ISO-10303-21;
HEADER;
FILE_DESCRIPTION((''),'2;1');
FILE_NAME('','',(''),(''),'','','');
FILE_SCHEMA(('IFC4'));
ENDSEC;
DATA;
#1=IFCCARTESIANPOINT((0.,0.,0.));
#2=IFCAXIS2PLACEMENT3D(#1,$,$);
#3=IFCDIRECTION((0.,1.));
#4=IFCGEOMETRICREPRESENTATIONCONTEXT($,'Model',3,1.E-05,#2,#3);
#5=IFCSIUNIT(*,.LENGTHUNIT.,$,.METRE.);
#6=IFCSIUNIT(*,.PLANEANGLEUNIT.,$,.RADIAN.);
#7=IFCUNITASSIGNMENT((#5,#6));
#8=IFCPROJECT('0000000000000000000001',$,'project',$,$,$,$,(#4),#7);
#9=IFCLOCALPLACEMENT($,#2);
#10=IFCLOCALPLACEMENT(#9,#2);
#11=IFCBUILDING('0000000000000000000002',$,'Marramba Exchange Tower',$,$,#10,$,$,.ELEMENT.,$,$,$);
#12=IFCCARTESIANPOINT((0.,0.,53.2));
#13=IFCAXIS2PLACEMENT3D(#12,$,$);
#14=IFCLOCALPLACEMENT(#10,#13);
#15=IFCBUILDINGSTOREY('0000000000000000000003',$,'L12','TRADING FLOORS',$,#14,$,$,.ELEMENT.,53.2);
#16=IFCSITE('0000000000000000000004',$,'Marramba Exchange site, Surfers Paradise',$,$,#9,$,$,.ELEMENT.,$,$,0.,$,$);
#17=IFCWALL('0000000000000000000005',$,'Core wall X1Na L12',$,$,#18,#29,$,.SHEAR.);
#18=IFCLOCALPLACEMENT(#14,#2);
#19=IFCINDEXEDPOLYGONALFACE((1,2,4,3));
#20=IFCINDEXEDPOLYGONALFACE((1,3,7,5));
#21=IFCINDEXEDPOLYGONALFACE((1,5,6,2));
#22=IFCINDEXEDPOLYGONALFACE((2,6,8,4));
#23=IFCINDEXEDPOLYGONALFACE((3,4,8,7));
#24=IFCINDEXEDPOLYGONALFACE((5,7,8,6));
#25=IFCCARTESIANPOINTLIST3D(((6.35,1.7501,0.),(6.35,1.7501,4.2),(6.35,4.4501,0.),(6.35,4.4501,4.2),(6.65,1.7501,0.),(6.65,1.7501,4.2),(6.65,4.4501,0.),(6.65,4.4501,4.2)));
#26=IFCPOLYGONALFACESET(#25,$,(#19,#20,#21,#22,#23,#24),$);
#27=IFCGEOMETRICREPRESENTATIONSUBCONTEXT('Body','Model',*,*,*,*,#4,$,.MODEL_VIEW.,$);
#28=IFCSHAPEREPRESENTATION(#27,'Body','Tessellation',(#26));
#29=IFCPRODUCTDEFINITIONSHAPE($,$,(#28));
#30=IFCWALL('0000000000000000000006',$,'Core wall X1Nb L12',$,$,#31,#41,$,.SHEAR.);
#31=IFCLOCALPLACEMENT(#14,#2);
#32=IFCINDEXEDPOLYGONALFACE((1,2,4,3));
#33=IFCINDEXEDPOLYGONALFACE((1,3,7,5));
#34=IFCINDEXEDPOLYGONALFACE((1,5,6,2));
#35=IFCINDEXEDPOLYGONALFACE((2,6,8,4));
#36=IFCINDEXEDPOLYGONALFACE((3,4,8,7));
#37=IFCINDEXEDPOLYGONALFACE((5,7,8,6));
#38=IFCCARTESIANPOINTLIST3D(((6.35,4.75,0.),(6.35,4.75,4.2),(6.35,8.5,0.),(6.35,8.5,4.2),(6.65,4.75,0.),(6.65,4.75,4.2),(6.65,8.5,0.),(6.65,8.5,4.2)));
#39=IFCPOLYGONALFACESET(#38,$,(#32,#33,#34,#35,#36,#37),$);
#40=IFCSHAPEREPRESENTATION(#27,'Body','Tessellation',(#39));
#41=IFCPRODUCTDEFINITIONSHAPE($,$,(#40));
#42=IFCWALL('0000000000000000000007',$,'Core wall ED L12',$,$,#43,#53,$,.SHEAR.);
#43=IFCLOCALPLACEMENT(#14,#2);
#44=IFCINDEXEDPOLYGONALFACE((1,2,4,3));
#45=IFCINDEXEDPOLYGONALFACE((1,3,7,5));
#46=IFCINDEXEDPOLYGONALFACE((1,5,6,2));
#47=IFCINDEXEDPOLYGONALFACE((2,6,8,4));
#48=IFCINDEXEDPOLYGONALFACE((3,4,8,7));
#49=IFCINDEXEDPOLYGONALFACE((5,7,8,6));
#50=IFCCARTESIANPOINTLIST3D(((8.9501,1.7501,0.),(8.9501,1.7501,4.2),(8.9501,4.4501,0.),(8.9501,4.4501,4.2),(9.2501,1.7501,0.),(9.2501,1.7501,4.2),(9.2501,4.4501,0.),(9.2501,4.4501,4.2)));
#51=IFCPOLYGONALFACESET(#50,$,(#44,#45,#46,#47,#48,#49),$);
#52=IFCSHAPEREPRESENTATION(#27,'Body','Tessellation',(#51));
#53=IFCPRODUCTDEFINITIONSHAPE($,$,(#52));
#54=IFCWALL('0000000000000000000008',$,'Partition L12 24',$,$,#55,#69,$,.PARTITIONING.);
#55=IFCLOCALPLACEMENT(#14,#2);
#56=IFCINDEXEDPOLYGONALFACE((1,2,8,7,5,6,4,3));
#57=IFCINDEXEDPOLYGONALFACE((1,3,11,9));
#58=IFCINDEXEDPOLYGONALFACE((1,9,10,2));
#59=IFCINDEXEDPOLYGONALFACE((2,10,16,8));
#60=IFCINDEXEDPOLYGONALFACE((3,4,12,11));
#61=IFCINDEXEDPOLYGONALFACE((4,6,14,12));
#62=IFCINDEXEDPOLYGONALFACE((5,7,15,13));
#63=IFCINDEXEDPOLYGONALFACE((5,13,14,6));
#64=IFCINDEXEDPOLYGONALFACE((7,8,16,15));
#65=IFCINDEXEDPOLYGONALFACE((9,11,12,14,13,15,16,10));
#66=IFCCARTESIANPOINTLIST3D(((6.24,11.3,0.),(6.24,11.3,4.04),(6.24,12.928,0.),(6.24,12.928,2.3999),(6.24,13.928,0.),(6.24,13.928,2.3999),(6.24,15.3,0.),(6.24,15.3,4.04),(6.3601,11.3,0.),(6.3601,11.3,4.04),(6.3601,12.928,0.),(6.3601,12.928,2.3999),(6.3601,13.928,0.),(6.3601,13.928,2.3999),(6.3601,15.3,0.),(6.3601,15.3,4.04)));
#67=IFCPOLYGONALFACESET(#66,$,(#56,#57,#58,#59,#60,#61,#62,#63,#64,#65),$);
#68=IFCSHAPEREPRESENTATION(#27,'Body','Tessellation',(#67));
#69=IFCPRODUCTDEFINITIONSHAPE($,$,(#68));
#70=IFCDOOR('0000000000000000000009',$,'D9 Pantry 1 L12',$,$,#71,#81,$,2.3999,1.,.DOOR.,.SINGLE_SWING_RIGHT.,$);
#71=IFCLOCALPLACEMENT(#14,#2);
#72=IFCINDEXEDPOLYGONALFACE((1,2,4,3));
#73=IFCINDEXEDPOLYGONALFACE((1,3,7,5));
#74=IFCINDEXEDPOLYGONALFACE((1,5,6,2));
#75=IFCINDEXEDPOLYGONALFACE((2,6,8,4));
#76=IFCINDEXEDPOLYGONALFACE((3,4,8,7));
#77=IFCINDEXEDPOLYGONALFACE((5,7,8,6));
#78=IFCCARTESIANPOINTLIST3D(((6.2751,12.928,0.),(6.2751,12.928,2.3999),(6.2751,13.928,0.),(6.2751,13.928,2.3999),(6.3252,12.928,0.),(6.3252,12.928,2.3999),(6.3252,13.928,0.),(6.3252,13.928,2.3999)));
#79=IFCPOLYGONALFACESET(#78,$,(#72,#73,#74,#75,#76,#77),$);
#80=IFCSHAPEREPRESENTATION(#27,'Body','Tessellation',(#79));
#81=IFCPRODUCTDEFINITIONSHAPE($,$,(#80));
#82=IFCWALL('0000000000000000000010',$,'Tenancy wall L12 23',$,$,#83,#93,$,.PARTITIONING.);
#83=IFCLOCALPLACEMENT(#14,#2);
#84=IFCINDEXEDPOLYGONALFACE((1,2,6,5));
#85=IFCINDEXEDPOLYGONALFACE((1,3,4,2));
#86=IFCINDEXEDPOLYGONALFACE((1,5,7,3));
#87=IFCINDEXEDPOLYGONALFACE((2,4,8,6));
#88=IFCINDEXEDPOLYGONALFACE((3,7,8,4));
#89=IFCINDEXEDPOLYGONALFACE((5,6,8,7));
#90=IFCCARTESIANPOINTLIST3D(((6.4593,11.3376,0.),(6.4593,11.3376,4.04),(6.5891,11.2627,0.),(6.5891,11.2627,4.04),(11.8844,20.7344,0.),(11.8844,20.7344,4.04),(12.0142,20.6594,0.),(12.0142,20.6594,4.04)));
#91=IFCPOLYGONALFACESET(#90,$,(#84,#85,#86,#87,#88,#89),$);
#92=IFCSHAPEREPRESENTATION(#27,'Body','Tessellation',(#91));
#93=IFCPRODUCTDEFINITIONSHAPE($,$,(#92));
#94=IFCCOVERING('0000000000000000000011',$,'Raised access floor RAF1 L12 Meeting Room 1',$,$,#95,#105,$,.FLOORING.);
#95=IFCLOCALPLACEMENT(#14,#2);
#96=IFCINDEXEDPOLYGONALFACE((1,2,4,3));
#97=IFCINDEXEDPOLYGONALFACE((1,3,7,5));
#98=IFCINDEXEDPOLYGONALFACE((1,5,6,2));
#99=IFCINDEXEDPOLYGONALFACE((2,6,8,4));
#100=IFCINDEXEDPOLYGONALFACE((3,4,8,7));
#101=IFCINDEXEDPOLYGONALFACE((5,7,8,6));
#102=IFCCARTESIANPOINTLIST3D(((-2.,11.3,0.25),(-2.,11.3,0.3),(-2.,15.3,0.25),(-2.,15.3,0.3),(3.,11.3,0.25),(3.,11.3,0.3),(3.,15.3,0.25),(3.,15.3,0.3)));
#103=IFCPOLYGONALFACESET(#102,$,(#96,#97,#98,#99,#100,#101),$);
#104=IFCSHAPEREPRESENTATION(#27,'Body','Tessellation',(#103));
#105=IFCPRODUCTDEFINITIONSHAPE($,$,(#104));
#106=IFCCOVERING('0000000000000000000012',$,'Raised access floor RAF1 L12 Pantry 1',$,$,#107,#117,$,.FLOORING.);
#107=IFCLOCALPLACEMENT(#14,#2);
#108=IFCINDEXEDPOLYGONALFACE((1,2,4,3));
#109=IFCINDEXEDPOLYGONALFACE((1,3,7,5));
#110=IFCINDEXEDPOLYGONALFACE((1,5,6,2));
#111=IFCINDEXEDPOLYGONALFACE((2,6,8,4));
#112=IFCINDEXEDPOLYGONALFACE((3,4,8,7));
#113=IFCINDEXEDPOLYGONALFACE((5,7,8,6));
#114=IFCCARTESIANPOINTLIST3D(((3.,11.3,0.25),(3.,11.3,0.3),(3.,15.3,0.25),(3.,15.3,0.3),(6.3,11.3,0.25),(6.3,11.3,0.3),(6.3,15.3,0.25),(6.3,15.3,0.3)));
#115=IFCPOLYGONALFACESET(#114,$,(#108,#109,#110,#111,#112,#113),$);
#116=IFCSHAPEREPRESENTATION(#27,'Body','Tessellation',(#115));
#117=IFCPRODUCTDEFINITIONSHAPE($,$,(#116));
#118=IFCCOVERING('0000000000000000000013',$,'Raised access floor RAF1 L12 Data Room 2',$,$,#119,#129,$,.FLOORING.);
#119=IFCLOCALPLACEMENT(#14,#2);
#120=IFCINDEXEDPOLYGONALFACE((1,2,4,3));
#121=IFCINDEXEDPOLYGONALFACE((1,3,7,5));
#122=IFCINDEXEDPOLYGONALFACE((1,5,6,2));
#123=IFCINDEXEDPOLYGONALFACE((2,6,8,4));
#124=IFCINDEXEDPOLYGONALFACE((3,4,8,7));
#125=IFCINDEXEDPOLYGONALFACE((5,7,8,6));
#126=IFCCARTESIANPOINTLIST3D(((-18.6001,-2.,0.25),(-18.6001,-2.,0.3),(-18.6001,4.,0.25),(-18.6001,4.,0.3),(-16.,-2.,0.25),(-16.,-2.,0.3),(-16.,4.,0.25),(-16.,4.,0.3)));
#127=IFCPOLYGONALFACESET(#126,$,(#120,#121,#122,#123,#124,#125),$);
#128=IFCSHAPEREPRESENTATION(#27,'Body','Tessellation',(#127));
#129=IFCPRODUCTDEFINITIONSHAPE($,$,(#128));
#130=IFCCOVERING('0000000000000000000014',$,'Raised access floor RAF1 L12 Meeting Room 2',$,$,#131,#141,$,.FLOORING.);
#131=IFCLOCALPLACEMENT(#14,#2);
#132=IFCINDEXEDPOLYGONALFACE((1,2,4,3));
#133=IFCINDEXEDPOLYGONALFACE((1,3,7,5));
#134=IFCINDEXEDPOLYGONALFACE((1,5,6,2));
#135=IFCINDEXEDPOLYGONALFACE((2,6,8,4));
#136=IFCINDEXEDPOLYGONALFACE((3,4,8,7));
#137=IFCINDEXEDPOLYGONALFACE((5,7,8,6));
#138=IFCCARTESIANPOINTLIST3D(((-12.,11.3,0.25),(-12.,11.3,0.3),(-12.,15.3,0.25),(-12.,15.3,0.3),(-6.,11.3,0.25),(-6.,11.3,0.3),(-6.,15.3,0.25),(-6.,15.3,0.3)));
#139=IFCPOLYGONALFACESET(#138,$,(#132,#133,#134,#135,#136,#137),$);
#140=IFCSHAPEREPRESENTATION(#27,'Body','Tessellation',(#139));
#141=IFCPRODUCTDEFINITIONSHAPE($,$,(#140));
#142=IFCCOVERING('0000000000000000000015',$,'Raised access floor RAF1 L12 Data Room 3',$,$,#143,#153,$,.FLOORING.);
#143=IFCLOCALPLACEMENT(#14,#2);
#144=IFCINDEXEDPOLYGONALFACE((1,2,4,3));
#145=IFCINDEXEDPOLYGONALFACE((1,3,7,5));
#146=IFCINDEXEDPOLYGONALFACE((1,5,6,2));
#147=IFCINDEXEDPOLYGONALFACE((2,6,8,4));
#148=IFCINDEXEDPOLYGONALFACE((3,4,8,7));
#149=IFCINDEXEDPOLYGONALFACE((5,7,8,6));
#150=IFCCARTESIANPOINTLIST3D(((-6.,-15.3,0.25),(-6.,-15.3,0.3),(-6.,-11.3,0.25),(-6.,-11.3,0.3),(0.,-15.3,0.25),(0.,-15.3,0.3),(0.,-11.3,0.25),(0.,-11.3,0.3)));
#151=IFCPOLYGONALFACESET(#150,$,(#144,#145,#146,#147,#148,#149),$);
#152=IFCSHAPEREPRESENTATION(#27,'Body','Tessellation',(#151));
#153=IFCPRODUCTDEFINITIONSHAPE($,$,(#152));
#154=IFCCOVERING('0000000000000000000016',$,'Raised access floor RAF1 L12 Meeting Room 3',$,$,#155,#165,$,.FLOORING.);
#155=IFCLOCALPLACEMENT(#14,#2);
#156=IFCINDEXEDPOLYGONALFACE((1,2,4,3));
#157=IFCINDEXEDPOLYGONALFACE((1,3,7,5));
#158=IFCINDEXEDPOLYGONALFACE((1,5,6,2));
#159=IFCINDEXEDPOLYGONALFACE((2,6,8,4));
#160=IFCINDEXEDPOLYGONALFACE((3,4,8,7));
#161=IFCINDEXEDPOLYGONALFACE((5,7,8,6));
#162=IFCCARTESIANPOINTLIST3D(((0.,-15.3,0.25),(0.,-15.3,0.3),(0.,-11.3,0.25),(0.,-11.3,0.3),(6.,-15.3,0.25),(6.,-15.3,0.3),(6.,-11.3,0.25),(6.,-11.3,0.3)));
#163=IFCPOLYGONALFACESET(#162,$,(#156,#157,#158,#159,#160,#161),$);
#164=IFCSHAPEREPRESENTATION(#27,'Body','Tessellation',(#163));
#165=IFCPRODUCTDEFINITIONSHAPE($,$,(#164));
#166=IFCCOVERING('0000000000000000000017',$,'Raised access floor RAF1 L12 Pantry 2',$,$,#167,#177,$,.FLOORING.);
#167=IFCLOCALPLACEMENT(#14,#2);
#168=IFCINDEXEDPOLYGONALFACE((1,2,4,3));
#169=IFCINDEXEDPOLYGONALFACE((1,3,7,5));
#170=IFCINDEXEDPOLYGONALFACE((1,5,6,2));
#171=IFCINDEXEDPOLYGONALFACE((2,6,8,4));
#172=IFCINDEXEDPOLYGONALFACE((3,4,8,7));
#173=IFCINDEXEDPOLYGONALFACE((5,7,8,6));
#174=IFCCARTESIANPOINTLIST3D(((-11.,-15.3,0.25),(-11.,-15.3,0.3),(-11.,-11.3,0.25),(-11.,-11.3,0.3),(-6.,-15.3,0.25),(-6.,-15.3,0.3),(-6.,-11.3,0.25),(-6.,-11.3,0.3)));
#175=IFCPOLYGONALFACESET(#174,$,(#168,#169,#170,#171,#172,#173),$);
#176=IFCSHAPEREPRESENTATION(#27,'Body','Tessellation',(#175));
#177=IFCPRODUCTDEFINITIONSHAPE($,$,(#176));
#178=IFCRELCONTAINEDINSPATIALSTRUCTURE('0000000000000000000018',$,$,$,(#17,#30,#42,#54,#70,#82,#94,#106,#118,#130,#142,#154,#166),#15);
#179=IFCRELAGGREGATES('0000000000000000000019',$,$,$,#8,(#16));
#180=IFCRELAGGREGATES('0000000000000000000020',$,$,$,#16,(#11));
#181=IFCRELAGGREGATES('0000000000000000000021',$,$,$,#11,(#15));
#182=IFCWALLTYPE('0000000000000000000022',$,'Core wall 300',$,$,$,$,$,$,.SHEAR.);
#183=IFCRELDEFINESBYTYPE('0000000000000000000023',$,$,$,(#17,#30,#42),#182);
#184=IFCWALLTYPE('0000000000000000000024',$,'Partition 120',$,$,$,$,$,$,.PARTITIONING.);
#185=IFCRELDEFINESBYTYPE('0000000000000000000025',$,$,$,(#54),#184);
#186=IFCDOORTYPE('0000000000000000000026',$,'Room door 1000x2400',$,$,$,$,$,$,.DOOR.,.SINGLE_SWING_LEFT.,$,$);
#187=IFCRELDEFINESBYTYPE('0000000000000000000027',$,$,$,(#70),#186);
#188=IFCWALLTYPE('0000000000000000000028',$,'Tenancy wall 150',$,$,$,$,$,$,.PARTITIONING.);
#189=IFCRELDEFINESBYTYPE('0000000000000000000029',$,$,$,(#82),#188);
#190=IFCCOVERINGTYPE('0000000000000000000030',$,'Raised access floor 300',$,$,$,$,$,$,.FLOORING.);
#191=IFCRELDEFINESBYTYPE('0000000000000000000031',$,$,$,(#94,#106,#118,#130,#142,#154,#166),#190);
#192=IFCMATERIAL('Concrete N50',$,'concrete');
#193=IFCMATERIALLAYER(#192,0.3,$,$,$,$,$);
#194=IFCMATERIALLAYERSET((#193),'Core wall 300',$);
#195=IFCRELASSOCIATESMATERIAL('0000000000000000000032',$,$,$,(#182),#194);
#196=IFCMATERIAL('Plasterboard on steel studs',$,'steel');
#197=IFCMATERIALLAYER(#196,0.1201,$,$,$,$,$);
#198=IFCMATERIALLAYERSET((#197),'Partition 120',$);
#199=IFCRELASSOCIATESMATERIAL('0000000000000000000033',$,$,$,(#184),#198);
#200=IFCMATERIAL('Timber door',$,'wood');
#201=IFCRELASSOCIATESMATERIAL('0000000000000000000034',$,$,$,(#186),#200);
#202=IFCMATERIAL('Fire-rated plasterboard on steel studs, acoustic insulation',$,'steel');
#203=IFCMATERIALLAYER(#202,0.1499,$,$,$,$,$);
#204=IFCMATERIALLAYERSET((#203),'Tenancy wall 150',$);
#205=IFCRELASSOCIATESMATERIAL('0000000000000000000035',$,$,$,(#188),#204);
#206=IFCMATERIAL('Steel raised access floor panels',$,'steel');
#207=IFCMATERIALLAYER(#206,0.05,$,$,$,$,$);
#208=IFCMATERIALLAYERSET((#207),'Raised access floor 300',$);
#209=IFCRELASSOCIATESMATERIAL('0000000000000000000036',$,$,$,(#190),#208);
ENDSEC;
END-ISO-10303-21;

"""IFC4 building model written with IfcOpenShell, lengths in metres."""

from ifc_helpers import new_model, si_unit, direction, frame, frame_2d, origin, place, context, subcontext, project, spatial, polyline, rectangle, outline, extrude, material, layer, layer_set, type_object, element, fill, save


model = new_model("IFC4")

# Units and contexts
model_context = context("Model", 3, precision=1e-05, world=origin(), true_north=direction((0.0, 1.0)))
body_context = subcontext(model_context, "Body", "Model", "MODEL_VIEW")
ifc_project = project(units=[si_unit("LENGTHUNIT", "METRE"), si_unit("PLANEANGLEUNIT", "RADIAN")], contexts=[model_context])

# Site, building, storey
site_placement = place(None, origin())
site = spatial("IfcSite", under=ifc_project, at=site_placement, Name="Marramba Exchange site, Surfers Paradise", CompositionType="ELEMENT", RefElevation=0.0)
building_placement = place(site_placement, origin())
building = spatial("IfcBuilding", under=site, at=building_placement, Name="Marramba Exchange Tower", CompositionType="ELEMENT")
storey_placement = place(building_placement, frame((0.0, 0.0, 53.2)))
storey = spatial("IfcBuildingStorey", under=building, at=storey_placement, Name="L12", Description="TRADING FLOORS", CompositionType="ELEMENT", Elevation=53.2)

# Walls
ifc_material_1 = material(Name="Concrete N50", Category="concrete")
ifc_layer_1 = layer(ifc_material_1, 0.3)
ifc_layer_set_1 = layer_set([ifc_layer_1], Name="Core wall 300")
wall_type_1 = type_object("IfcWallType", Name="Core wall 300", PredefinedType="SHEAR", material=ifc_layer_set_1)
wall_1_placement = place(storey_placement, frame((6.5, 1.75, 0.0), z_axis=(0.0, 0.0, 1.0), x_axis=(0.0, 1.0, 0.0)))
element("IfcWall", 1, at=wall_1_placement, inside=storey, type_object=wall_type_1, Name="Core wall X1Na L12", PredefinedType="SHEAR", context=body_context, shape_type="SweptSolid", body=[
    extrude(rectangle(XDim=2.7, YDim=0.3, at=frame_2d((1.3501, 0.0))), origin(), (0.0, 0.0, 1.0), 4.2),
])
wall_2_placement = place(storey_placement, frame((6.5, 4.75, 0.0), z_axis=(0.0, 0.0, 1.0), x_axis=(0.0, 1.0, 0.0)))
element("IfcWall", 2, at=wall_2_placement, inside=storey, type_object=wall_type_1, Name="Core wall X1Nb L12", PredefinedType="SHEAR", context=body_context, shape_type="SweptSolid", body=[
    extrude(rectangle(XDim=3.75, YDim=0.3, at=frame_2d((1.875, 0.0))), origin(), (0.0, 0.0, 1.0), 4.2),
])
wall_3_placement = place(storey_placement, frame((9.1001, 1.75, 0.0), z_axis=(0.0, 0.0, 1.0), x_axis=(0.0, 1.0, 0.0)))
element("IfcWall", 3, at=wall_3_placement, inside=storey, type_object=wall_type_1, Name="Core wall ED L12", PredefinedType="SHEAR", context=body_context, shape_type="SweptSolid", body=[
    extrude(rectangle(XDim=2.7, YDim=0.3, at=frame_2d((1.3501, 0.0))), origin(), (0.0, 0.0, 1.0), 4.2),
])

# Wall, opening, door
ifc_material_2 = material(Name="Plasterboard on steel studs", Category="steel")
ifc_layer_2 = layer(ifc_material_2, 0.1201)
ifc_layer_set_2 = layer_set([ifc_layer_2], Name="Partition 120")
wall_type_2 = type_object("IfcWallType", Name="Partition 120", PredefinedType="PARTITIONING", material=ifc_layer_set_2)
wall_4_placement = place(storey_placement, frame((6.3, 11.3, 0.0), z_axis=(0.0, 0.0, 1.0), x_axis=(0.0, 1.0, 0.0)))
wall_4 = element("IfcWall", 4, at=wall_4_placement, inside=storey, type_object=wall_type_2, Name="Partition L12 24", PredefinedType="PARTITIONING", context=body_context, shape_type="SweptSolid", body=[
    extrude(rectangle(XDim=4.0, YDim=0.1201, at=frame_2d((2.0, 0.0))), origin(), (0.0, 0.0, 1.0), 4.04),
])
opening_placement = place(wall_4_placement, frame((1.6279, 0.0, 0.0)))
opening = element("IfcOpeningElement", 5, at=opening_placement, cuts=wall_4, PredefinedType="OPENING", context=body_context, shape_type="SweptSolid", body=[
    extrude(rectangle(XDim=1.0, YDim=2.3999, at=frame_2d((0.5, 1.2))), frame((0.0, 0.0701, 0.0), z_axis=(0.0, -1.0, 0.0), x_axis=(1.0, 0.0, 0.0)), (0.0, 0.0, 1.0), 0.1401),
])
ifc_material_3 = material(Name="Timber door", Category="wood")
door_type = type_object("IfcDoorType", Name="Room door 1000x2400", OperationType="SINGLE_SWING_LEFT", PredefinedType="DOOR", material=ifc_material_3)
door_placement = place(opening_placement, origin())
door = element("IfcDoor", 6, at=door_placement, inside=storey, type_object=door_type, Name="D9 Pantry 1 L12", OperationType="SINGLE_SWING_RIGHT", OverallHeight=2.3999, OverallWidth=1.0, PredefinedType="DOOR", context=body_context, shape_type="SweptSolid", body=[
    extrude(rectangle(XDim=1.0, YDim=2.3999, at=frame_2d((0.5, 1.2))), frame((0.0, 0.0249, 0.0), z_axis=(0.0, -1.0, 0.0), x_axis=(1.0, 0.0, 0.0)), (0.0, 0.0, 1.0), 0.05),
])
fill(opening, door)

# Wall
ifc_material_4 = material(Name="Fire-rated plasterboard on steel studs, acoustic insulation", Category="steel")
ifc_layer_3 = layer(ifc_material_4, 0.1499)
ifc_layer_set_3 = layer_set([ifc_layer_3], Name="Tenancy wall 150")
wall_type_3 = type_object("IfcWallType", Name="Tenancy wall 150", PredefinedType="PARTITIONING", material=ifc_layer_set_3)
wall_5_placement = place(storey_placement, frame((6.5242, 11.3, 0.0), z_axis=(0.0, 0.0, 1.0), x_axis=(0.499989, 0.866032, 0.0)))
element("IfcWall", 7, at=wall_5_placement, inside=storey, type_object=wall_type_3, Name="Tenancy wall L12 23", PredefinedType="PARTITIONING", context=body_context, shape_type="SweptSolid", body=[
    extrude(rectangle(XDim=10.8503, YDim=0.1499, at=frame_2d((5.4253, 0.0))), origin(), (0.0, 0.0, 1.0), 4.04),
])

# Coverings
ifc_material_5 = material(Name="Steel raised access floor panels", Category="steel")
ifc_layer_4 = layer(ifc_material_5, 0.05)
ifc_layer_set_4 = layer_set([ifc_layer_4], Name="Raised access floor 300")
covering_type_1 = type_object("IfcCoveringType", Name="Raised access floor 300", PredefinedType="FLOORING", material=ifc_layer_set_4)
covering_1_placement = place(storey_placement, frame((0.0, 0.0, 0.25)))
element("IfcCovering", 8, at=covering_1_placement, inside=storey, type_object=covering_type_1, Name="Raised access floor RAF1 L12 Meeting Room 1", PredefinedType="FLOORING", context=body_context, shape_type="SweptSolid", body=[
    extrude(outline(polyline([(3.0, 11.3), (-2.0, 11.3), (-2.0, 15.3), (3.0, 15.3), (3.0, 11.3)])), origin(), (0.0, 0.0, 1.0), 0.05),
])
covering_2_placement = place(storey_placement, frame((0.0, 0.0, 0.25)))
element("IfcCovering", 9, at=covering_2_placement, inside=storey, type_object=covering_type_1, Name="Raised access floor RAF1 L12 Pantry 1", PredefinedType="FLOORING", context=body_context, shape_type="SweptSolid", body=[
    extrude(outline(polyline([(6.3, 11.3), (3.0, 11.3), (3.0, 15.3), (6.3, 15.3), (6.3, 11.3)])), origin(), (0.0, 0.0, 1.0), 0.05),
])
covering_3_placement = place(storey_placement, frame((0.0, 0.0, 0.25)))
element("IfcCovering", 10, at=covering_3_placement, inside=storey, type_object=covering_type_1, Name="Raised access floor RAF1 L12 Data Room 2", PredefinedType="FLOORING", context=body_context, shape_type="SweptSolid", body=[
    extrude(outline(polyline([(-16.0, -2.0), (-18.6001, -2.0), (-18.6001, 4.0), (-16.0, 4.0), (-16.0, -2.0)])), origin(), (0.0, 0.0, 1.0), 0.05),
])
covering_4_placement = place(storey_placement, frame((0.0, 0.0, 0.25)))
element("IfcCovering", 11, at=covering_4_placement, inside=storey, type_object=covering_type_1, Name="Raised access floor RAF1 L12 Meeting Room 2", PredefinedType="FLOORING", context=body_context, shape_type="SweptSolid", body=[
    extrude(outline(polyline([(-6.0, 11.3), (-12.0, 11.3), (-12.0, 15.3), (-6.0, 15.3), (-6.0, 11.3)])), origin(), (0.0, 0.0, 1.0), 0.05),
])
covering_5_placement = place(storey_placement, frame((0.0, 0.0, 0.25)))
element("IfcCovering", 12, at=covering_5_placement, inside=storey, type_object=covering_type_1, Name="Raised access floor RAF1 L12 Data Room 3", PredefinedType="FLOORING", context=body_context, shape_type="SweptSolid", body=[
    extrude(outline(polyline([(0.0, -15.3), (-6.0, -15.3), (-6.0, -11.3), (0.0, -11.3), (0.0, -15.3)])), origin(), (0.0, 0.0, 1.0), 0.05),
])
covering_6_placement = place(storey_placement, frame((0.0, 0.0, 0.25)))
element("IfcCovering", 13, at=covering_6_placement, inside=storey, type_object=covering_type_1, Name="Raised access floor RAF1 L12 Meeting Room 3", PredefinedType="FLOORING", context=body_context, shape_type="SweptSolid", body=[
    extrude(outline(polyline([(6.0, -15.3), (0.0, -15.3), (0.0, -11.3), (6.0, -11.3), (6.0, -15.3)])), origin(), (0.0, 0.0, 1.0), 0.05),
])
covering_7_placement = place(storey_placement, frame((0.0, 0.0, 0.25)))
element("IfcCovering", 14, at=covering_7_placement, inside=storey, type_object=covering_type_1, Name="Raised access floor RAF1 L12 Pantry 2", PredefinedType="FLOORING", context=body_context, shape_type="SweptSolid", body=[
    extrude(outline(polyline([(-6.0, -15.3), (-11.0, -15.3), (-11.0, -11.3), (-6.0, -11.3), (-6.0, -15.3)])), origin(), (0.0, 0.0, 1.0), 0.05),
])

save(model, "model.ifc")
